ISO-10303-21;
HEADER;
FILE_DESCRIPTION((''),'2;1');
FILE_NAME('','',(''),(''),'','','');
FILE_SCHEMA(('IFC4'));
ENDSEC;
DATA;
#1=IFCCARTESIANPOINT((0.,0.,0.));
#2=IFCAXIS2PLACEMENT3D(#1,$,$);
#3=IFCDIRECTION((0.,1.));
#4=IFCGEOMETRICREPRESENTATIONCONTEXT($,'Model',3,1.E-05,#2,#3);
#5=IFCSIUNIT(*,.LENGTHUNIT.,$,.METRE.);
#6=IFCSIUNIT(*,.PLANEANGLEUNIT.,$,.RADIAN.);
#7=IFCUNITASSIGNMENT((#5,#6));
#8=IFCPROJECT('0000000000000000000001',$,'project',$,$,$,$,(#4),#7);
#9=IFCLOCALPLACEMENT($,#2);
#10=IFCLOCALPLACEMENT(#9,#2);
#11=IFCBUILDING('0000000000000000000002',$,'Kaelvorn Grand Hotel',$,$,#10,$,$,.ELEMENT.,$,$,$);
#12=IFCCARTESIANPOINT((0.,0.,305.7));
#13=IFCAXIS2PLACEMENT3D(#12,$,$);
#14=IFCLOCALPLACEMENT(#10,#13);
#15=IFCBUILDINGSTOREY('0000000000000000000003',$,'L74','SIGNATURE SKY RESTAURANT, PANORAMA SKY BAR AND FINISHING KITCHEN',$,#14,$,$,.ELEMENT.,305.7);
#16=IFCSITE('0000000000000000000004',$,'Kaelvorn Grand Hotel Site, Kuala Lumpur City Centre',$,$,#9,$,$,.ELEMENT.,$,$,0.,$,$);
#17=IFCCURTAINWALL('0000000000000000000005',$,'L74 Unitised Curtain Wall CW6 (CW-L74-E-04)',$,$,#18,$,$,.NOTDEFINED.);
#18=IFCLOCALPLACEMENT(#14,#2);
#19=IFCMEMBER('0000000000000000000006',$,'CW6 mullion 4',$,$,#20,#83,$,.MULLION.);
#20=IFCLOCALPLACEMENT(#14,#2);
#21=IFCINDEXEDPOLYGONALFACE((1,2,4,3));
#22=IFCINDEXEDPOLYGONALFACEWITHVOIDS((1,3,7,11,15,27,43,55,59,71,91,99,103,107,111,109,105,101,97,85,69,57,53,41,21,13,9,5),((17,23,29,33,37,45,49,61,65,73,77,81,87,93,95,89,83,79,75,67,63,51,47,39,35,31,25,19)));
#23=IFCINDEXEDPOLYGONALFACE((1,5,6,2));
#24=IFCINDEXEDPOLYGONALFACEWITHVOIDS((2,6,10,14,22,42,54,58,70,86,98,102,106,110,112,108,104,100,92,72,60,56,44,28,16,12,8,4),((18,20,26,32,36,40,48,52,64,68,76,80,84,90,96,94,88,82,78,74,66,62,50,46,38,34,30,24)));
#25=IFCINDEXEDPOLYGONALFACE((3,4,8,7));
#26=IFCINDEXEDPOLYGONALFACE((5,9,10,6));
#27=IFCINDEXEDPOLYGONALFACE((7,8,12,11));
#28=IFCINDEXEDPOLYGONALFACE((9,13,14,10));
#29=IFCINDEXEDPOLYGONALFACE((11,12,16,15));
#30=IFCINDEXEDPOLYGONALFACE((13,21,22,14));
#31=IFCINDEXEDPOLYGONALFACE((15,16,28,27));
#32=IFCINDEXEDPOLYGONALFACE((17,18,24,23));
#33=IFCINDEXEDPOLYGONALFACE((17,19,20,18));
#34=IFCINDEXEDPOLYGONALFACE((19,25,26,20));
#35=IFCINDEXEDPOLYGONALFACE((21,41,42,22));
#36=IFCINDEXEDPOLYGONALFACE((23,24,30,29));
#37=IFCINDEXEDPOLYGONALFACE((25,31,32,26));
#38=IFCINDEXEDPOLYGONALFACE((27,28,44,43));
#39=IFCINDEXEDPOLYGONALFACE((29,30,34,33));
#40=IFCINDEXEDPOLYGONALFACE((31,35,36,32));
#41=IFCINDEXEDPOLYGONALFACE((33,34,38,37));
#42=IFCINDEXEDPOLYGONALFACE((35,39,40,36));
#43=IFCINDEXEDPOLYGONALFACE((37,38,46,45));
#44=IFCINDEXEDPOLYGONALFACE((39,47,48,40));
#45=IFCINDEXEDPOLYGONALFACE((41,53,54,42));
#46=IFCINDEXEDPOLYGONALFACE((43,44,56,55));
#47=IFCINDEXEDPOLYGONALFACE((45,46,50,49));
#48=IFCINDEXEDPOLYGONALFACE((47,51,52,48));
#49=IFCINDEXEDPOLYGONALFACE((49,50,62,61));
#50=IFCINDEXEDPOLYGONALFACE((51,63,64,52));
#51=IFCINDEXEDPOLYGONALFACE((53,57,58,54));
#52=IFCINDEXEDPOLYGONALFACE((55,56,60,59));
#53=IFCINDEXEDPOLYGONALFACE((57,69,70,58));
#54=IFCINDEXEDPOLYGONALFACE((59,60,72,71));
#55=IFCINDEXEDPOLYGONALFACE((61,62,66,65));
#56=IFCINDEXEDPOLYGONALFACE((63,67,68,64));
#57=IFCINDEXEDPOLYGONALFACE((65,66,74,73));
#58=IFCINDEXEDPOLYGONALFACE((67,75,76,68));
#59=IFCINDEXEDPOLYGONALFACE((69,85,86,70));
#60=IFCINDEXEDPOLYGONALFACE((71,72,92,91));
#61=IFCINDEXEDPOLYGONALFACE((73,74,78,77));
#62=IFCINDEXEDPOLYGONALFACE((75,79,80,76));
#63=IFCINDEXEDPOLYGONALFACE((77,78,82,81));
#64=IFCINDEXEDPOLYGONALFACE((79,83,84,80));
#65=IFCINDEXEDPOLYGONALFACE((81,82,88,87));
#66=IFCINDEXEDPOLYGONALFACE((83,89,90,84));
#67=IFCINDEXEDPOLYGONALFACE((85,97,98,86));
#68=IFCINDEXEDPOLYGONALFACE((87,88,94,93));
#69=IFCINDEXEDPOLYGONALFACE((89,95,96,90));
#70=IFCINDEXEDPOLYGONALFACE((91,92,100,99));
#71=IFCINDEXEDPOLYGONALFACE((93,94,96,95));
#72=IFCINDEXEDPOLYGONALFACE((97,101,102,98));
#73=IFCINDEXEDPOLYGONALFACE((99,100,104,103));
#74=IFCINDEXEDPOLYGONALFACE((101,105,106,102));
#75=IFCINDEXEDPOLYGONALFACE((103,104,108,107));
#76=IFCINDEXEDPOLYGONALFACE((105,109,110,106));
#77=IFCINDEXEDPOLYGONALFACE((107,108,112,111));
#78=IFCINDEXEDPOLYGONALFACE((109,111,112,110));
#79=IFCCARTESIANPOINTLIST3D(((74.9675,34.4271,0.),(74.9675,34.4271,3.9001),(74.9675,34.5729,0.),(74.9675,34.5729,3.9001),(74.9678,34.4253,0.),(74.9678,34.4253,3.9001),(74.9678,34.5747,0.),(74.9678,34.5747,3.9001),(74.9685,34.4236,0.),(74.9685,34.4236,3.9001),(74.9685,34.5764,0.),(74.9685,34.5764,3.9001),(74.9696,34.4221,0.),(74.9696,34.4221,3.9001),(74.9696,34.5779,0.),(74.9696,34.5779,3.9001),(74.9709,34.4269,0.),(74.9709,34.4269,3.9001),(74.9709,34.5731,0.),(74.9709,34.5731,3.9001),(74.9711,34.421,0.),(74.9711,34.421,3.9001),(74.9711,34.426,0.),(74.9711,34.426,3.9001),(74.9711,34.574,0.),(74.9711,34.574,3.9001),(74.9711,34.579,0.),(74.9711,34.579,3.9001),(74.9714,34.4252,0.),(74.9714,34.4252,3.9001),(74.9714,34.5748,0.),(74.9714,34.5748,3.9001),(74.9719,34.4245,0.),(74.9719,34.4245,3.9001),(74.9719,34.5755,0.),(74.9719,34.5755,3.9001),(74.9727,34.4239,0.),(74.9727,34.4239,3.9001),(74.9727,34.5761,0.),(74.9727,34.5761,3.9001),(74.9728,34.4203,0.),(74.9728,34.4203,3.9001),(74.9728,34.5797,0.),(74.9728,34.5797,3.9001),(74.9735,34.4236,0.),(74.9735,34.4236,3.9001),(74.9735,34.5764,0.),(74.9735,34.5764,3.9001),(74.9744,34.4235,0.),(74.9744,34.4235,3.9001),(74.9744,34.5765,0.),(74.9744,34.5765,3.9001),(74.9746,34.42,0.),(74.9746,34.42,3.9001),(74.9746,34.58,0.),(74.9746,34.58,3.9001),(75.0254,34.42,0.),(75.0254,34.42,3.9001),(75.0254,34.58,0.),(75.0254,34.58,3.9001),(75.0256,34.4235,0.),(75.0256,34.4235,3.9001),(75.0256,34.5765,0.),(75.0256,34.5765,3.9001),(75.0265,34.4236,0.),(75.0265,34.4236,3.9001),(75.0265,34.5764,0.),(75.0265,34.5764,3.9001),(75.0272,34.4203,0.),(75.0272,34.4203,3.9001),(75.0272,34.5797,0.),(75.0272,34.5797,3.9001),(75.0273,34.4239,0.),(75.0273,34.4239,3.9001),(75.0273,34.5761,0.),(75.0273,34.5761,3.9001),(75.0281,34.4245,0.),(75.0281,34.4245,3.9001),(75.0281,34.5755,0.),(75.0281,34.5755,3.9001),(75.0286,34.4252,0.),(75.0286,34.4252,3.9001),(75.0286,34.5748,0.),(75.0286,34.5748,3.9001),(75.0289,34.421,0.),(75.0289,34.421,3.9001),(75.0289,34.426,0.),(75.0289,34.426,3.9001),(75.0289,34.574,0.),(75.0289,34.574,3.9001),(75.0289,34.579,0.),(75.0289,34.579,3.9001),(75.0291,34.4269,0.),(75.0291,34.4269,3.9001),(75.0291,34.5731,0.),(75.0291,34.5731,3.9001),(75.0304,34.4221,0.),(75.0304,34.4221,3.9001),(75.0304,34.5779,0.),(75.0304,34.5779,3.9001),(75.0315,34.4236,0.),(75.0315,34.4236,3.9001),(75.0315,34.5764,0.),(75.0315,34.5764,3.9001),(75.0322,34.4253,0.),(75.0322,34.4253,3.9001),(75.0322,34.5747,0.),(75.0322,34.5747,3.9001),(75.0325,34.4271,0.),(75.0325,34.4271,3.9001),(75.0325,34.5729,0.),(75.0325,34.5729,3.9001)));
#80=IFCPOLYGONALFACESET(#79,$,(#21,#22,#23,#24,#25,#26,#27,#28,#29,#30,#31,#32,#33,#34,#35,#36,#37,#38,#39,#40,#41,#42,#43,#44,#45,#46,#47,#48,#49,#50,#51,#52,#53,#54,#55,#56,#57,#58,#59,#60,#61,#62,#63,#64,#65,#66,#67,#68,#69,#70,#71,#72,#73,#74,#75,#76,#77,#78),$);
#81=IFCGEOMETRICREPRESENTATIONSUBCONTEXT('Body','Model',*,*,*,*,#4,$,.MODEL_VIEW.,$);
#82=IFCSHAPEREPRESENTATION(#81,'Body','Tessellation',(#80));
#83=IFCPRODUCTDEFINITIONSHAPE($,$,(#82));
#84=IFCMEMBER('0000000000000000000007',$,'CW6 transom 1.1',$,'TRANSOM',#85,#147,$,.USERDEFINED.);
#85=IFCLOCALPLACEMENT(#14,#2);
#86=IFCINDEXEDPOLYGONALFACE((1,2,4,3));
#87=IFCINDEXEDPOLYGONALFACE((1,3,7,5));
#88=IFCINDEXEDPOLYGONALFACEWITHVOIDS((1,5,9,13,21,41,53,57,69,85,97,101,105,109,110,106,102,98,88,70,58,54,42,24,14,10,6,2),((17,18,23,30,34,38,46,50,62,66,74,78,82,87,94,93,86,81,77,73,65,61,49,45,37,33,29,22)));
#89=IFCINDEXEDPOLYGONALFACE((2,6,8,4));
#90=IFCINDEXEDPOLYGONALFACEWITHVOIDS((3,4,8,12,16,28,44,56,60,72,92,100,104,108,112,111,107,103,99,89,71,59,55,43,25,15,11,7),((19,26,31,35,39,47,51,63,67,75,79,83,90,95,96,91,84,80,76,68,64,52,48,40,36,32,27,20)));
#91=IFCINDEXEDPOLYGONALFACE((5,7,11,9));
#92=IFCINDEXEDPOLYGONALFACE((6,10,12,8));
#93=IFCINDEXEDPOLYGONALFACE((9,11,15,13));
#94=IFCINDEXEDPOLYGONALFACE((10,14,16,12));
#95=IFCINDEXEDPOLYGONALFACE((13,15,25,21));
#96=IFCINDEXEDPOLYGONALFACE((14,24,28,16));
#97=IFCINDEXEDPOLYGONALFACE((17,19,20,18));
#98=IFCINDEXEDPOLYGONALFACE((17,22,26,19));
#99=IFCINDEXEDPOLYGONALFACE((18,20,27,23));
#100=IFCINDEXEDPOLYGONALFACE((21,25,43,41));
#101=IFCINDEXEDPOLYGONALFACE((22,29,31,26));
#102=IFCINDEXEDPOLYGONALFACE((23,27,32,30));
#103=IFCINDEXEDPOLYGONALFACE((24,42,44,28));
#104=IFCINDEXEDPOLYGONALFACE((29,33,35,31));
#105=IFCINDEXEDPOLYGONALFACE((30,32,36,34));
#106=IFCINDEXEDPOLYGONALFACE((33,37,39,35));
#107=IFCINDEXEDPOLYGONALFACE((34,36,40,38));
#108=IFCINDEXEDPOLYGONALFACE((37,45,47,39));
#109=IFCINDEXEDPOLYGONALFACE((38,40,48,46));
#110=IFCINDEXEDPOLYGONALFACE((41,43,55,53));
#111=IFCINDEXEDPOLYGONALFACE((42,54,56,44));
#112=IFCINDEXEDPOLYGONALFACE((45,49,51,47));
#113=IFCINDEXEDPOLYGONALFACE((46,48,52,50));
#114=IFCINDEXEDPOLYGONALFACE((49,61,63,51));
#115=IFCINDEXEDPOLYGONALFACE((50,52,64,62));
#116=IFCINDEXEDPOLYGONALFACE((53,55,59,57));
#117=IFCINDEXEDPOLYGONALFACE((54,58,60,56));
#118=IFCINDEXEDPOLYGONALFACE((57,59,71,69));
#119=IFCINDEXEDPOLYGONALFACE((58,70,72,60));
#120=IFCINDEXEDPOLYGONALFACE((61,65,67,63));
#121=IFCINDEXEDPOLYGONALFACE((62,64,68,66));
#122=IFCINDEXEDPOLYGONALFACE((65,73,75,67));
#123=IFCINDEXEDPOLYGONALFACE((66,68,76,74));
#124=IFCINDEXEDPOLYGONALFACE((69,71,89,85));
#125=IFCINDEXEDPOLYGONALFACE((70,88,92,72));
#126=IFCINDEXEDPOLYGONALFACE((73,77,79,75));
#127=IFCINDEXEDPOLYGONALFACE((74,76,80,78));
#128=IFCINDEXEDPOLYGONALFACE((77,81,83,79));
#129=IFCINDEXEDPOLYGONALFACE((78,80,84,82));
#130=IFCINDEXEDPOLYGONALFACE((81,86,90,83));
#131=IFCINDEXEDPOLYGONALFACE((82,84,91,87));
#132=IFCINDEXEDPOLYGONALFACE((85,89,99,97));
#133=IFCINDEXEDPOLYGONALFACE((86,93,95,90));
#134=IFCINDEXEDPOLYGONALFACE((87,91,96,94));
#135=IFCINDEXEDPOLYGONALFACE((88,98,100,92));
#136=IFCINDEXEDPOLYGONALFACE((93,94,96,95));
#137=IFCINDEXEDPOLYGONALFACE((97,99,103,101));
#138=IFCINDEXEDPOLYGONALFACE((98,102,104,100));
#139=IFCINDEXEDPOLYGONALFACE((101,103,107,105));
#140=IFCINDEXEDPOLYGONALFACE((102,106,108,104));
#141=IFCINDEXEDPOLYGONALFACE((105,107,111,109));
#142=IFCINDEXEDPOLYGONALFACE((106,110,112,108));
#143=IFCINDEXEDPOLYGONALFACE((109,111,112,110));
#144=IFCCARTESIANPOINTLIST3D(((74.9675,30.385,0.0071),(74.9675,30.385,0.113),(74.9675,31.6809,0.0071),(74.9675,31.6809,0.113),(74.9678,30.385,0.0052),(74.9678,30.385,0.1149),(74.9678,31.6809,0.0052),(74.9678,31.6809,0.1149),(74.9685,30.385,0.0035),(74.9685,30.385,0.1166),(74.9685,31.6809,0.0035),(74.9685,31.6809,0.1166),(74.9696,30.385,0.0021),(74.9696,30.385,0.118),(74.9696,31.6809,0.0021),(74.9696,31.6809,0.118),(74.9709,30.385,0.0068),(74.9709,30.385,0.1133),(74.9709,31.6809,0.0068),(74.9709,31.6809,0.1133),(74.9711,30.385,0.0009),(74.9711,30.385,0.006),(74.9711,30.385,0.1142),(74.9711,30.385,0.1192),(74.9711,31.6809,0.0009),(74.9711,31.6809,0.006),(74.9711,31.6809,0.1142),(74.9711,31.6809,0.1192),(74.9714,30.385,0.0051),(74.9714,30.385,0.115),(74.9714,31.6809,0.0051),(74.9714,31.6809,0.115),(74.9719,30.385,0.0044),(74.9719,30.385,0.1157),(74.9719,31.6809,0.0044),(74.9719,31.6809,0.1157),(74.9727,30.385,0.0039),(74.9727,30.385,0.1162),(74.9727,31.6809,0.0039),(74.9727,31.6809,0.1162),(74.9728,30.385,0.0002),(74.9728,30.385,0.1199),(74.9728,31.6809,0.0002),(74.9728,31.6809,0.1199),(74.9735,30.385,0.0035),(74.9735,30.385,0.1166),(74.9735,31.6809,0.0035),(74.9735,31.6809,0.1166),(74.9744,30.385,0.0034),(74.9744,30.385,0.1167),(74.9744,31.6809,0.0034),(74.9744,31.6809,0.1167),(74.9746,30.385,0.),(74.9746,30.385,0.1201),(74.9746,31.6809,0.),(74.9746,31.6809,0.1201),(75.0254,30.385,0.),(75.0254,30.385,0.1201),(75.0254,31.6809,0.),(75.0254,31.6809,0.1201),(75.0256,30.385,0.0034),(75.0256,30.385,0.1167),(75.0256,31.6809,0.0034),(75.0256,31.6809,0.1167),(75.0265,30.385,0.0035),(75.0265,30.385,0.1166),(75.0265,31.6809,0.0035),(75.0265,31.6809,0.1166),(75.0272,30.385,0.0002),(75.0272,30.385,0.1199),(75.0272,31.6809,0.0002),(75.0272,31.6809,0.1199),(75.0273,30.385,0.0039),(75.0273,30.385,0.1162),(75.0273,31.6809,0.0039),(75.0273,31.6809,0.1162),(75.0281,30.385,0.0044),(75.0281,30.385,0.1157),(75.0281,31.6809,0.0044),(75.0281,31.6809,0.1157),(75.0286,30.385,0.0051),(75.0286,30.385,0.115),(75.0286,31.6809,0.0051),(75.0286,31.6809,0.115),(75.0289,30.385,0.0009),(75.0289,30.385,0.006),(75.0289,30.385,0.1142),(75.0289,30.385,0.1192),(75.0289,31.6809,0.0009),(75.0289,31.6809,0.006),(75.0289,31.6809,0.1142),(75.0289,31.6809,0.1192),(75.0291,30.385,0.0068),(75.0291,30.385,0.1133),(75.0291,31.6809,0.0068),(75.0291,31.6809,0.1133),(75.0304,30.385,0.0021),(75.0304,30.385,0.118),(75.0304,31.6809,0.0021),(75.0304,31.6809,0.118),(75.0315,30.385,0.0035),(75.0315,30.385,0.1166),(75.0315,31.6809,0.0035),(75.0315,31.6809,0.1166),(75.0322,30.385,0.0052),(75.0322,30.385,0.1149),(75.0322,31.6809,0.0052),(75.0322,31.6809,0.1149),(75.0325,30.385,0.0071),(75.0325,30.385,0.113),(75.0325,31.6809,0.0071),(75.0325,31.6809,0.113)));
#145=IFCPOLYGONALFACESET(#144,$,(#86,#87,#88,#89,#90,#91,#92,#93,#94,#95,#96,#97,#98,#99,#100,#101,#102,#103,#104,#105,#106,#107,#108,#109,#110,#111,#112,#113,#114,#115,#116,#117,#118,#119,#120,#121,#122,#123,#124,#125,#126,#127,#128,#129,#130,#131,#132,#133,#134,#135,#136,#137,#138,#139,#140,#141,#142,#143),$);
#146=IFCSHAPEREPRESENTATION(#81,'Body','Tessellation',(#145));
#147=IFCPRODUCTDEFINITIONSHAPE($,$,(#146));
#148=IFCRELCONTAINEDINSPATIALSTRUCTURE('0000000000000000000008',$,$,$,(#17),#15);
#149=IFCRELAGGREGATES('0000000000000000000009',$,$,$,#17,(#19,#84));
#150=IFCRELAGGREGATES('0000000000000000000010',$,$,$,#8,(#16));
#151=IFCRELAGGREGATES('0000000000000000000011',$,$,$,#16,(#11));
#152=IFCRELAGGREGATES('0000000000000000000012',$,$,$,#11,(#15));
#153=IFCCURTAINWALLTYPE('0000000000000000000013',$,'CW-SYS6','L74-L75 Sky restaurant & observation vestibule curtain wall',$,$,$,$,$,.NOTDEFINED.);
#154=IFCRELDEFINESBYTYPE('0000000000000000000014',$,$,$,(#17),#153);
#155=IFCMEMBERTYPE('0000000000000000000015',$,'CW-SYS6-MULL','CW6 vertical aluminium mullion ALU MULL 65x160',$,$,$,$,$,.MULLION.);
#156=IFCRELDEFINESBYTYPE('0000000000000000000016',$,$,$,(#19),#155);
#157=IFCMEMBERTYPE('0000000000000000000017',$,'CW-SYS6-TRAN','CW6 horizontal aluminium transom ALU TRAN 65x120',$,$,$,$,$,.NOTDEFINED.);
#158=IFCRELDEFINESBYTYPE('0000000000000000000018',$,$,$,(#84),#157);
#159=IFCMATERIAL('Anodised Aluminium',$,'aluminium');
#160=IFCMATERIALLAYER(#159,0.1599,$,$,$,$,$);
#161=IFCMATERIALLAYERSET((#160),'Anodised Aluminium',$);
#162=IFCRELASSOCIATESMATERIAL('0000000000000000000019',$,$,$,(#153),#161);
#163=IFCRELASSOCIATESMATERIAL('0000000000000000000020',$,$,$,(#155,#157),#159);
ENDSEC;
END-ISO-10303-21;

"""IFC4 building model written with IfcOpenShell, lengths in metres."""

from ifc_helpers import new_model, si_unit, direction, frame, origin, origin_2d, place, context, subcontext, project, spatial, hollow_rectangle, extrude, material, layer, layer_set, material_profile, profile_set, type_object, element, aggregate, save


model = new_model("IFC4")

# Units and contexts
model_context = context("Model", 3, precision=1e-05, world=origin(), true_north=direction((0.0, 1.0)))
body_context = subcontext(model_context, "Body", "Model", "MODEL_VIEW")
ifc_project = project(units=[si_unit("LENGTHUNIT", "METRE"), si_unit("PLANEANGLEUNIT", "RADIAN")], contexts=[model_context])

# Site, building, storey
site_placement = place(None, origin())
site = spatial("IfcSite", under=ifc_project, at=site_placement, Name="Kaelvorn Grand Hotel Site, Kuala Lumpur City Centre", CompositionType="ELEMENT", RefElevation=0.0)
building_placement = place(site_placement, origin())
building = spatial("IfcBuilding", under=site, at=building_placement, Name="Kaelvorn Grand Hotel", CompositionType="ELEMENT")
storey_placement = place(building_placement, frame((0.0, 0.0, 305.7)))
storey = spatial("IfcBuildingStorey", under=building, at=storey_placement, Name="L74", Description="SIGNATURE SKY RESTAURANT, PANORAMA SKY BAR AND FINISHING KITCHEN", CompositionType="ELEMENT", Elevation=305.7)

# Curtain wall, members
ifc_material_1 = material(Name="Anodised Aluminium", Category="aluminium")
ifc_layer_1 = layer(ifc_material_1, 0.1599)
ifc_layer_set_1 = layer_set([ifc_layer_1], Name="Anodised Aluminium")
curtain_wall_type = type_object("IfcCurtainWallType", Name="CW-SYS6", Description="L74-L75 Sky restaurant & observation vestibule curtain wall", PredefinedType="NOTDEFINED", material=ifc_layer_set_1)
curtain_wall_placement = place(storey_placement, origin())
curtain_wall = element("IfcCurtainWall", 1, at=curtain_wall_placement, inside=storey, type_object=curtain_wall_type, Name="L74 Unitised Curtain Wall CW6 (CW-L74-E-04)", PredefinedType="NOTDEFINED")
ifc_material_profile_1 = material_profile(ifc_material_1, hollow_rectangle(XDim=0.0649, YDim=0.1599, WallThickness=0.0034, InnerFilletRadius=0.0034, OuterFilletRadius=0.0071, at=origin_2d()), Name="ALU MULL 65x160")
ifc_profile_set_1 = profile_set([ifc_material_profile_1], Name="Anodised Aluminium")
member_type_1 = type_object("IfcMemberType", Name="CW-SYS6-MULL", Description="CW6 vertical aluminium mullion ALU MULL 65x160", PredefinedType="MULLION", material=ifc_profile_set_1)
member_1_placement = place(storey_placement, frame((75.0, 34.5, 0.0), z_axis=(0.0, 0.0, 1.0), x_axis=(-1.0, 0.0, 0.0)))
member_1 = element("IfcMember", 2, at=member_1_placement, type_object=member_type_1, Name="CW6 mullion 4", PredefinedType="MULLION", context=body_context, shape_type="SweptSolid", body=[
    extrude(hollow_rectangle(XDim=0.0649, YDim=0.1599, WallThickness=0.0034, InnerFilletRadius=0.0034, OuterFilletRadius=0.0071, at=origin_2d()), origin(), (0.0, 0.0, 1.0), 3.9001),
])
ifc_material_profile_2 = material_profile(ifc_material_1, hollow_rectangle(XDim=0.0649, YDim=0.1201, WallThickness=0.0034, InnerFilletRadius=0.0034, OuterFilletRadius=0.0071, at=origin_2d()), Name="ALU TRAN 65x120")
ifc_profile_set_2 = profile_set([ifc_material_profile_2], Name="Anodised Aluminium")
member_type_2 = type_object("IfcMemberType", Name="CW-SYS6-TRAN", Description="CW6 horizontal aluminium transom ALU TRAN 65x120", PredefinedType="NOTDEFINED", material=ifc_profile_set_2)
member_2_placement = place(storey_placement, frame((75.0, 30.385, 0.0601), z_axis=(0.0, 1.0, 0.0), x_axis=(-1.0, 0.0, 0.0)))
member_2 = element("IfcMember", 3, at=member_2_placement, type_object=member_type_2, Name="CW6 transom 1.1", ObjectType="TRANSOM", PredefinedType="USERDEFINED", context=body_context, shape_type="SweptSolid", body=[
    extrude(hollow_rectangle(XDim=0.0649, YDim=0.1201, WallThickness=0.0034, InnerFilletRadius=0.0034, OuterFilletRadius=0.0071, at=origin_2d()), origin(), (0.0, 0.0, 1.0), 1.2959),
])
aggregate(curtain_wall, [member_1, member_2])

save(model, "model.ifc")
